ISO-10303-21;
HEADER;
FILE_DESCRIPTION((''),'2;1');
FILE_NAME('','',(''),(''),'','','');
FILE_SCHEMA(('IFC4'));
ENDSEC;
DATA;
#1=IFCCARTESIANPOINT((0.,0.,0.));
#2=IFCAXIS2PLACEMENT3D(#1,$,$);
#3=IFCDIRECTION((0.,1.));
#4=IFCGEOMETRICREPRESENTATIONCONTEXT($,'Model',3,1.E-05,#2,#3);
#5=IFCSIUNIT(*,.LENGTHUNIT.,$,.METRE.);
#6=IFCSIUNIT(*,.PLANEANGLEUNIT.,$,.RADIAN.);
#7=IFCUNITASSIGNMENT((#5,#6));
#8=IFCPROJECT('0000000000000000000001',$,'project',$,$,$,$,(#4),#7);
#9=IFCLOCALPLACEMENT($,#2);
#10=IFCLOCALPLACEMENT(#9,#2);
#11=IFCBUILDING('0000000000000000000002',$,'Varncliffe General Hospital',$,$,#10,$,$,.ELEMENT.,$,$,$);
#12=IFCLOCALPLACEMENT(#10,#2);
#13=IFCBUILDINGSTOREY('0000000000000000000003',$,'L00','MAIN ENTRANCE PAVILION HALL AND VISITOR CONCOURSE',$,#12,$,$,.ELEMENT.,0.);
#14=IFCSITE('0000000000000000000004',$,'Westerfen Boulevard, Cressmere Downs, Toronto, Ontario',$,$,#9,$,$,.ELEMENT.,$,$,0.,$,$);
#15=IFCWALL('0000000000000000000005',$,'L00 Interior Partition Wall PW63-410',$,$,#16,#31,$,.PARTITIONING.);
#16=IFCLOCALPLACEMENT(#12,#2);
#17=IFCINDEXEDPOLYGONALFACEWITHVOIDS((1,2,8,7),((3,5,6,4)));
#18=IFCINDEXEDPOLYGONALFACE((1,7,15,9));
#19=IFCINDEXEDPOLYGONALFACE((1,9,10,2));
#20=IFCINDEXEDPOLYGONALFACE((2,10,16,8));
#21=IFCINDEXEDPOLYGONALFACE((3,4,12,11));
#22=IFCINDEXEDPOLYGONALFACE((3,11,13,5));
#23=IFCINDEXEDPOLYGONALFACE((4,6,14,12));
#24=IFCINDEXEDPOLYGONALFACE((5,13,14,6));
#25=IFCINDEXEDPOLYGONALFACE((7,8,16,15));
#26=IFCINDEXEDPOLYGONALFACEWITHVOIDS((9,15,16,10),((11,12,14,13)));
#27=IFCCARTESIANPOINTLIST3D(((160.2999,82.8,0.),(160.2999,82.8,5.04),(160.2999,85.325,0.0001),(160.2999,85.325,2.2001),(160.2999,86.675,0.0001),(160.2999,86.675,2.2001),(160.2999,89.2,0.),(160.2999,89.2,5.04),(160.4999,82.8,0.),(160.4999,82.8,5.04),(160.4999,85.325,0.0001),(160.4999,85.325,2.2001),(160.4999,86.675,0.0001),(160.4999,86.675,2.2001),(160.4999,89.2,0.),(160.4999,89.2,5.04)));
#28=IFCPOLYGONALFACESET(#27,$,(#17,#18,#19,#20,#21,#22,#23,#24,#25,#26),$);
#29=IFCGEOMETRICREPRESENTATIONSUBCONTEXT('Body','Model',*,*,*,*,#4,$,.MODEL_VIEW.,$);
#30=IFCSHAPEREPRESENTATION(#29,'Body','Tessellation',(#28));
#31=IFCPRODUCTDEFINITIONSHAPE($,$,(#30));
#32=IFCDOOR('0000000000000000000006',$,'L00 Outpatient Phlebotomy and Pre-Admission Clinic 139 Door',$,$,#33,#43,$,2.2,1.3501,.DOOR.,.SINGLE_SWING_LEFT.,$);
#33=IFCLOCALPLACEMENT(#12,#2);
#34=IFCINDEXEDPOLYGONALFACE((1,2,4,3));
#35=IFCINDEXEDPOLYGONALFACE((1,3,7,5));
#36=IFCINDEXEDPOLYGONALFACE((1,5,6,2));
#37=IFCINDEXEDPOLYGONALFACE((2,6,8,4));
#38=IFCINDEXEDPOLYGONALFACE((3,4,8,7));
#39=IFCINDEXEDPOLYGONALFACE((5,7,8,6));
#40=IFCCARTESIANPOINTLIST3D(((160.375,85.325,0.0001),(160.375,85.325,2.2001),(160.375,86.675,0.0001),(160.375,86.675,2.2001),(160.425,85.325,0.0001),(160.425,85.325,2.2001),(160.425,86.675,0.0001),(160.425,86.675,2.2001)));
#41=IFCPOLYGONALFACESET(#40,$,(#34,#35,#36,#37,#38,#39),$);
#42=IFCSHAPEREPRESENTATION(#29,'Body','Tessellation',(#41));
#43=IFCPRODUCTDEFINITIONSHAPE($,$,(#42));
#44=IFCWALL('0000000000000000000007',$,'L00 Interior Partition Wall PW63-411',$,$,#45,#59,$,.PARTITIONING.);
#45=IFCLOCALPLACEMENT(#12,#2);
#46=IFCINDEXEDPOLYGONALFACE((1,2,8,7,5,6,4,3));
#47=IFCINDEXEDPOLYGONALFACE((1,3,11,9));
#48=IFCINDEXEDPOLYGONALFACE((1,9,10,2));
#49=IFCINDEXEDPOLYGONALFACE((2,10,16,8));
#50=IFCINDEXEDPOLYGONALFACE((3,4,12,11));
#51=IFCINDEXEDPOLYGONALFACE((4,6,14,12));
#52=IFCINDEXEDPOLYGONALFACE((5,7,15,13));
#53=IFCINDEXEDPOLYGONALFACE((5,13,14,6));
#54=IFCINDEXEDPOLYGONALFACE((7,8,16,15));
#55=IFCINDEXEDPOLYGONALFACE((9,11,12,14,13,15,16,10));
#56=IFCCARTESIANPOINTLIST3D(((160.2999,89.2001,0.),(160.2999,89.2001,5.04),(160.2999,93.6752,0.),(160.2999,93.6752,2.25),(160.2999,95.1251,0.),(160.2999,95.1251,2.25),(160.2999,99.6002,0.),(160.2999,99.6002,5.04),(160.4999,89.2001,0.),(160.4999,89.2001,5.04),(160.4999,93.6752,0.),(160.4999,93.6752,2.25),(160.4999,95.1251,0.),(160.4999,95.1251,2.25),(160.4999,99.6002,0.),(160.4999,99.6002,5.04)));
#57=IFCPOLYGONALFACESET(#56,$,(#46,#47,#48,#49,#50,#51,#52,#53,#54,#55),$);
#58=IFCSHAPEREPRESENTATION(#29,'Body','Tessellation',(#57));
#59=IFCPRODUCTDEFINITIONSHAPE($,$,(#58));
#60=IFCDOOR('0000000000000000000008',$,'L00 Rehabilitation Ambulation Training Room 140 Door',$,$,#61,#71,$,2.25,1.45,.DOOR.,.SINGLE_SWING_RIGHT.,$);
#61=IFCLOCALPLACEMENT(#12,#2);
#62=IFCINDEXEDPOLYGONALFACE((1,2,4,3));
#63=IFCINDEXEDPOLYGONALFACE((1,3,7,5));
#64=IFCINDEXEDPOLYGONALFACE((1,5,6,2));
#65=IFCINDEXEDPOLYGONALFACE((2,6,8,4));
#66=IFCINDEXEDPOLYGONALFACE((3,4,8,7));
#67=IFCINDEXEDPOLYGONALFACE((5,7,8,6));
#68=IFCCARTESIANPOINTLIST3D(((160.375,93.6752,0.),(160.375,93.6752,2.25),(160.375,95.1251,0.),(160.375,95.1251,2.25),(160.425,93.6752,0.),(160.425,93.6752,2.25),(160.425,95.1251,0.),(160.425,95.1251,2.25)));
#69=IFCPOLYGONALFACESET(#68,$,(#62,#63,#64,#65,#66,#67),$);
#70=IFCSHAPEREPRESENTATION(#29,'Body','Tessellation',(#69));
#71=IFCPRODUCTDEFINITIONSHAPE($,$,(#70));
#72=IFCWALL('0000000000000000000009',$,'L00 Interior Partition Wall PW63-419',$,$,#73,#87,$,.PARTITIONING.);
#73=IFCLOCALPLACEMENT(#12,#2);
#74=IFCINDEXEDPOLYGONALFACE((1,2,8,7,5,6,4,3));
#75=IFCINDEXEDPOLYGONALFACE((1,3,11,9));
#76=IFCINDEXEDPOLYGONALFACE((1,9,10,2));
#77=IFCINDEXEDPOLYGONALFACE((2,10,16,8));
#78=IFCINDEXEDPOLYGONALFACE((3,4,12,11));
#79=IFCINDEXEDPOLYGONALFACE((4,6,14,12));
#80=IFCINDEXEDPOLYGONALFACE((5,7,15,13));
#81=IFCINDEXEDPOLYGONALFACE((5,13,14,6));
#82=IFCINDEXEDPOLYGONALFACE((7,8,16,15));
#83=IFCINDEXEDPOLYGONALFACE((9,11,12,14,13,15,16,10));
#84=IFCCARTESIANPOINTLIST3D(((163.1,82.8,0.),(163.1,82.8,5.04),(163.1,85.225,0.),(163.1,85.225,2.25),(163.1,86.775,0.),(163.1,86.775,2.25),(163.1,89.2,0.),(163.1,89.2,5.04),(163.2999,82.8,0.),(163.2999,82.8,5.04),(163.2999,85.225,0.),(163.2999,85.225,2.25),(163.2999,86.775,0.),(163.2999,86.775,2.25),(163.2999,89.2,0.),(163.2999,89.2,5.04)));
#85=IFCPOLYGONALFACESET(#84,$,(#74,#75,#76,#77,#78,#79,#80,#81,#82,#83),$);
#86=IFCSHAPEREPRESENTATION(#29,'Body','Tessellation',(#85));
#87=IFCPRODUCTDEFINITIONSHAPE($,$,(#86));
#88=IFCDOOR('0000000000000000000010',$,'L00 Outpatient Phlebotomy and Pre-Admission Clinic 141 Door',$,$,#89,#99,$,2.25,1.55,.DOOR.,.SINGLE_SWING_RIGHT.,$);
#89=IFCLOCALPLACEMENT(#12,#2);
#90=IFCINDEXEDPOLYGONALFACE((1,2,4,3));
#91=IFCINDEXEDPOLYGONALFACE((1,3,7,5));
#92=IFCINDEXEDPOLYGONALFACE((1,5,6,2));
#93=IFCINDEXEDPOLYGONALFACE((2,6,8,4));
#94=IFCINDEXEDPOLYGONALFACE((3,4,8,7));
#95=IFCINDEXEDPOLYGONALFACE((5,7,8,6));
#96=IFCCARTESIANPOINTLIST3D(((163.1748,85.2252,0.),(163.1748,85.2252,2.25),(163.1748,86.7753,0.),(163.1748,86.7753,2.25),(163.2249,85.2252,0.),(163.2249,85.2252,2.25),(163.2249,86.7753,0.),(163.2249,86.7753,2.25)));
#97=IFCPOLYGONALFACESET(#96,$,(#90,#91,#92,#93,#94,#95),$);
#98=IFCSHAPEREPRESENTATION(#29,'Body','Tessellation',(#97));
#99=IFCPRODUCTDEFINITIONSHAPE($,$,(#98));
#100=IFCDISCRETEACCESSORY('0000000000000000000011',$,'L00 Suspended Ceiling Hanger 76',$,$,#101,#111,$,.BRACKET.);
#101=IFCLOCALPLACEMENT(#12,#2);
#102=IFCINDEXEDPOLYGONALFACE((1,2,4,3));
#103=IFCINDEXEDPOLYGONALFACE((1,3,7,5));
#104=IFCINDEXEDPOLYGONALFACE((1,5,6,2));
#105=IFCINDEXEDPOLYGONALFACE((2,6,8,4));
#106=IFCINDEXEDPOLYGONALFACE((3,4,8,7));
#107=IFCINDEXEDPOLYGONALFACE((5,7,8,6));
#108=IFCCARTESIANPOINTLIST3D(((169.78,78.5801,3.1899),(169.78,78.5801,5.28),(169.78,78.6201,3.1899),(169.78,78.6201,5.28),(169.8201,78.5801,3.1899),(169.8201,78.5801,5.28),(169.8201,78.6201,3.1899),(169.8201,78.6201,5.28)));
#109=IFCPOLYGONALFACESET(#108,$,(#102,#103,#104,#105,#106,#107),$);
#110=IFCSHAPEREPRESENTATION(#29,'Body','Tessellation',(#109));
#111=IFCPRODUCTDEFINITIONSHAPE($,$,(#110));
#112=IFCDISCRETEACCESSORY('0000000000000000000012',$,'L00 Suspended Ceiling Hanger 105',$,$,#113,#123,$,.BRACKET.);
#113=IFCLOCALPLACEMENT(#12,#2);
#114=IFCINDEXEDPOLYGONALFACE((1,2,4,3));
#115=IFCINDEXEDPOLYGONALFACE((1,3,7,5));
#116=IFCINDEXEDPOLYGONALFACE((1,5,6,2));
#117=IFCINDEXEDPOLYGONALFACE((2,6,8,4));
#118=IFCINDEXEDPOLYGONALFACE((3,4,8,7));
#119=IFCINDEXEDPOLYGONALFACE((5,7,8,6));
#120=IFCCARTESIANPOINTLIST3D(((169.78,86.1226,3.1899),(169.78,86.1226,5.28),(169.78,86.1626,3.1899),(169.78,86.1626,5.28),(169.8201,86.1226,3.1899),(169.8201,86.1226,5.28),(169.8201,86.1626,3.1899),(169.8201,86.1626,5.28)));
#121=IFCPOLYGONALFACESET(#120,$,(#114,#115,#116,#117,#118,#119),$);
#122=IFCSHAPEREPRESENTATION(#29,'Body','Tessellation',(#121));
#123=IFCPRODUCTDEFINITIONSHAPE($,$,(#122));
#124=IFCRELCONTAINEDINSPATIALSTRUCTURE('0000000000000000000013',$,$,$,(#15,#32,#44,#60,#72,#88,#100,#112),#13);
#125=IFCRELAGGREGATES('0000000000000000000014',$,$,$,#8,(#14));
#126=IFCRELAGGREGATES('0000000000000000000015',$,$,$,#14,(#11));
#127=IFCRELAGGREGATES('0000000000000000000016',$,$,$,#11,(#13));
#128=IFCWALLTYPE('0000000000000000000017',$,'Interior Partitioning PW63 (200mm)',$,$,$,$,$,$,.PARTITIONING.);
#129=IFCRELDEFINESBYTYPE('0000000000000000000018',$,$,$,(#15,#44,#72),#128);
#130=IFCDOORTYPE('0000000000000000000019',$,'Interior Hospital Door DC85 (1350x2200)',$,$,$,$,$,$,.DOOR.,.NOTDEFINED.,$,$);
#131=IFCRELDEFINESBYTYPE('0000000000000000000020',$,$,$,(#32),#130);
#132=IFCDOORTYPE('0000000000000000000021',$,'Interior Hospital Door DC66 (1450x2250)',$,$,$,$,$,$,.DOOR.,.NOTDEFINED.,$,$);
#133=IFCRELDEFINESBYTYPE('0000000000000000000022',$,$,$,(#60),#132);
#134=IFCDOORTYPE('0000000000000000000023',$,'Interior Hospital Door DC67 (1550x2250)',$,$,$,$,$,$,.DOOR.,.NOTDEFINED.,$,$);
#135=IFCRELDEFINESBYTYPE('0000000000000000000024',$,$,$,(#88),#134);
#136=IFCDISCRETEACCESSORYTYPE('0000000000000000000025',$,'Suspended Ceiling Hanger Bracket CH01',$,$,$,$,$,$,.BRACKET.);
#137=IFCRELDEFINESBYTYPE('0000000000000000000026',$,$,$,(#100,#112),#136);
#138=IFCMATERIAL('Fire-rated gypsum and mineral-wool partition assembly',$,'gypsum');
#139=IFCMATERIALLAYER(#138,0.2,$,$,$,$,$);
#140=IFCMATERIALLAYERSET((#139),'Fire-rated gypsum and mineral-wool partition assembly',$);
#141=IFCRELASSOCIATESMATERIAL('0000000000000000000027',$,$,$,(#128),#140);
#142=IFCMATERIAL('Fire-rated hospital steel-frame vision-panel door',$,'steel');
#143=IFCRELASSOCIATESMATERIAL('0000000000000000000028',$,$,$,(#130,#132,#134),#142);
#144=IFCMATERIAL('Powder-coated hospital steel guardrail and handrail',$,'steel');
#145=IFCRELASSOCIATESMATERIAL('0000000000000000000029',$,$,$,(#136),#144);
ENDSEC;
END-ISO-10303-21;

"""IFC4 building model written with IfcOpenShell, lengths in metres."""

from ifc_helpers import new_model, si_unit, direction, frame, frame_2d, origin, origin_2d, place, context, subcontext, project, spatial, rectangle, extrude, material, layer, layer_set, type_object, element, fill, save


model = new_model("IFC4")

# Units and contexts
model_context = context("Model", 3, precision=1e-05, world=origin(), true_north=direction((0.0, 1.0)))
body_context = subcontext(model_context, "Body", "Model", "MODEL_VIEW")
ifc_project = project(units=[si_unit("LENGTHUNIT", "METRE"), si_unit("PLANEANGLEUNIT", "RADIAN")], contexts=[model_context])

# Site, building, storey
site_placement = place(None, origin())
site = spatial("IfcSite", under=ifc_project, at=site_placement, Name="Westerfen Boulevard, Cressmere Downs, Toronto, Ontario", CompositionType="ELEMENT", RefElevation=0.0)
building_placement = place(site_placement, origin())
building = spatial("IfcBuilding", under=site, at=building_placement, Name="Varncliffe General Hospital", CompositionType="ELEMENT")
storey_placement = place(building_placement, origin())
storey = spatial("IfcBuildingStorey", under=building, at=storey_placement, Name="L00", Description="MAIN ENTRANCE PAVILION HALL AND VISITOR CONCOURSE", CompositionType="ELEMENT", Elevation=0.0)

# Walls, openings, doors
ifc_material_1 = material(Name="Fire-rated gypsum and mineral-wool partition assembly", Category="gypsum")
ifc_layer_1 = layer(ifc_material_1, 0.2)
ifc_layer_set_1 = layer_set([ifc_layer_1], Name="Fire-rated gypsum and mineral-wool partition assembly")
wall_type_1 = type_object("IfcWallType", Name="Interior Partitioning PW63 (200mm)", PredefinedType="PARTITIONING", material=ifc_layer_set_1)
wall_1_placement = place(storey_placement, frame((160.3999, 82.8, 0.0), z_axis=(0.0, 0.0, 1.0), x_axis=(0.0, 1.0, 0.0)))
wall_1 = element("IfcWall", 1, at=wall_1_placement, inside=storey, type_object=wall_type_1, Name="L00 Interior Partition Wall PW63-410", PredefinedType="PARTITIONING", context=body_context, shape_type="SweptSolid", body=[
    extrude(rectangle(XDim=6.3999, YDim=0.2, at=frame_2d((3.2, 0.0))), origin(), (0.0, 0.0, 1.0), 5.04),
])
opening_1_placement = place(wall_1_placement, frame((2.5249, 0.0, 0.0)))
opening_1 = element("IfcOpeningElement", 2, at=opening_1_placement, cuts=wall_1, PredefinedType="OPENING", context=body_context, shape_type="SweptSolid", body=[
    extrude(rectangle(XDim=1.3501, YDim=2.2, at=frame_2d((0.675, 1.1001))), frame((0.0, 0.1099, 0.0), z_axis=(0.0, -1.0, 0.0), x_axis=(1.0, 0.0, 0.0)), (0.0, 0.0, 1.0), 0.22),
])
ifc_material_2 = material(Name="Fire-rated hospital steel-frame vision-panel door", Category="steel")
door_type_1 = type_object("IfcDoorType", Name="Interior Hospital Door DC85 (1350x2200)", OperationType="NOTDEFINED", PredefinedType="DOOR", material=ifc_material_2)
door_1_placement = place(opening_1_placement, origin())
door_1 = element("IfcDoor", 3, at=door_1_placement, inside=storey, type_object=door_type_1, Name="L00 Outpatient Phlebotomy and Pre-Admission Clinic 139 Door", OperationType="SINGLE_SWING_LEFT", OverallHeight=2.2, OverallWidth=1.3501, PredefinedType="DOOR", context=body_context, shape_type="SweptSolid", body=[
    extrude(rectangle(XDim=1.3501, YDim=2.2, at=frame_2d((0.675, 1.1001))), frame((0.0, 0.0249, 0.0), z_axis=(0.0, -1.0, 0.0), x_axis=(1.0, 0.0, 0.0)), (0.0, 0.0, 1.0), 0.05),
])
fill(opening_1, door_1)
wall_2_placement = place(storey_placement, frame((160.3999, 89.2, 0.0), z_axis=(0.0, 0.0, 1.0), x_axis=(0.0, 1.0, 0.0)))
wall_2 = element("IfcWall", 4, at=wall_2_placement, inside=storey, type_object=wall_type_1, Name="L00 Interior Partition Wall PW63-411", PredefinedType="PARTITIONING", context=body_context, shape_type="SweptSolid", body=[
    extrude(rectangle(XDim=10.4001, YDim=0.2, at=frame_2d((5.2002, 0.0))), origin(), (0.0, 0.0, 1.0), 5.04),
])
opening_2_placement = place(wall_2_placement, frame((4.4751, 0.0, 0.0)))
opening_2 = element("IfcOpeningElement", 5, at=opening_2_placement, cuts=wall_2, PredefinedType="OPENING", context=body_context, shape_type="SweptSolid", body=[
    extrude(rectangle(XDim=1.45, YDim=2.25, at=frame_2d((0.7251, 1.125))), frame((0.0, 0.1099, 0.0), z_axis=(0.0, -1.0, 0.0), x_axis=(1.0, 0.0, 0.0)), (0.0, 0.0, 1.0), 0.22),
])
door_type_2 = type_object("IfcDoorType", Name="Interior Hospital Door DC66 (1450x2250)", OperationType="NOTDEFINED", PredefinedType="DOOR", material=ifc_material_2)
door_2_placement = place(opening_2_placement, origin())
door_2 = element("IfcDoor", 6, at=door_2_placement, inside=storey, type_object=door_type_2, Name="L00 Rehabilitation Ambulation Training Room 140 Door", OperationType="SINGLE_SWING_RIGHT", OverallHeight=2.25, OverallWidth=1.45, PredefinedType="DOOR", context=body_context, shape_type="SweptSolid", body=[
    extrude(rectangle(XDim=1.45, YDim=2.25, at=frame_2d((0.7251, 1.125))), frame((0.0, 0.0249, 0.0), z_axis=(0.0, -1.0, 0.0), x_axis=(1.0, 0.0, 0.0)), (0.0, 0.0, 1.0), 0.05),
])
fill(opening_2, door_2)
wall_3_placement = place(storey_placement, frame((163.2, 82.8, 0.0), z_axis=(0.0, 0.0, 1.0), x_axis=(0.0, 1.0, 0.0)))
wall_3 = element("IfcWall", 7, at=wall_3_placement, inside=storey, type_object=wall_type_1, Name="L00 Interior Partition Wall PW63-419", PredefinedType="PARTITIONING", context=body_context, shape_type="SweptSolid", body=[
    extrude(rectangle(XDim=6.3999, YDim=0.2, at=frame_2d((3.2, 0.0))), origin(), (0.0, 0.0, 1.0), 5.04),
])
opening_3_placement = place(wall_3_placement, frame((2.425, 0.0, 0.0)))
opening_3 = element("IfcOpeningElement", 8, at=opening_3_placement, cuts=wall_3, PredefinedType="OPENING", context=body_context, shape_type="SweptSolid", body=[
    extrude(rectangle(XDim=1.55, YDim=2.25, at=frame_2d((0.7749, 1.125))), frame((0.0, 0.1099, 0.0), z_axis=(0.0, -1.0, 0.0), x_axis=(1.0, 0.0, 0.0)), (0.0, 0.0, 1.0), 0.22),
])
door_type_3 = type_object("IfcDoorType", Name="Interior Hospital Door DC67 (1550x2250)", OperationType="NOTDEFINED", PredefinedType="DOOR", material=ifc_material_2)
door_3_placement = place(opening_3_placement, frame((1.55, 0.0, 0.0), z_axis=(0.0, 0.0, 1.0), x_axis=(-1.0, 0.0, 0.0)))
door_3 = element("IfcDoor", 9, at=door_3_placement, inside=storey, type_object=door_type_3, Name="L00 Outpatient Phlebotomy and Pre-Admission Clinic 141 Door", OperationType="SINGLE_SWING_RIGHT", OverallHeight=2.25, OverallWidth=1.55, PredefinedType="DOOR", context=body_context, shape_type="SweptSolid", body=[
    extrude(rectangle(XDim=1.55, YDim=2.25, at=frame_2d((0.7749, 1.125))), frame((0.0, 0.0249, 0.0), z_axis=(0.0, -1.0, 0.0), x_axis=(1.0, 0.0, 0.0)), (0.0, 0.0, 1.0), 0.05),
])
fill(opening_3, door_3)

# Discrete accessories
ifc_material_3 = material(Name="Powder-coated hospital steel guardrail and handrail", Category="steel")
discrete_accessory_type = type_object("IfcDiscreteAccessoryType", Name="Suspended Ceiling Hanger Bracket CH01", PredefinedType="BRACKET", material=ifc_material_3)
for number, where, z_axis, x_axis, name in (
    (10, (169.8, 78.6001, 3.1899), (0.0, 0.0, 1.0), (1.0, 0.0, 0.0), "L00 Suspended Ceiling Hanger 76"),
    (11, (169.8, 86.1426, 3.1899), (0.0, 0.0, 1.0), (1.0, 0.0, 0.0), "L00 Suspended Ceiling Hanger 105"),
):
    element("IfcDiscreteAccessory", number, at=place(storey_placement, frame(where, z_axis=z_axis, x_axis=x_axis)), inside=storey, type_object=discrete_accessory_type, Name=name, PredefinedType="BRACKET", context=body_context, shape_type="SweptSolid", body=[
        extrude(rectangle(XDim=0.04, YDim=0.04, at=origin_2d()), origin(), (0.0, 0.0, 1.0), 2.0901),
    ])

save(model, "model.ifc")
